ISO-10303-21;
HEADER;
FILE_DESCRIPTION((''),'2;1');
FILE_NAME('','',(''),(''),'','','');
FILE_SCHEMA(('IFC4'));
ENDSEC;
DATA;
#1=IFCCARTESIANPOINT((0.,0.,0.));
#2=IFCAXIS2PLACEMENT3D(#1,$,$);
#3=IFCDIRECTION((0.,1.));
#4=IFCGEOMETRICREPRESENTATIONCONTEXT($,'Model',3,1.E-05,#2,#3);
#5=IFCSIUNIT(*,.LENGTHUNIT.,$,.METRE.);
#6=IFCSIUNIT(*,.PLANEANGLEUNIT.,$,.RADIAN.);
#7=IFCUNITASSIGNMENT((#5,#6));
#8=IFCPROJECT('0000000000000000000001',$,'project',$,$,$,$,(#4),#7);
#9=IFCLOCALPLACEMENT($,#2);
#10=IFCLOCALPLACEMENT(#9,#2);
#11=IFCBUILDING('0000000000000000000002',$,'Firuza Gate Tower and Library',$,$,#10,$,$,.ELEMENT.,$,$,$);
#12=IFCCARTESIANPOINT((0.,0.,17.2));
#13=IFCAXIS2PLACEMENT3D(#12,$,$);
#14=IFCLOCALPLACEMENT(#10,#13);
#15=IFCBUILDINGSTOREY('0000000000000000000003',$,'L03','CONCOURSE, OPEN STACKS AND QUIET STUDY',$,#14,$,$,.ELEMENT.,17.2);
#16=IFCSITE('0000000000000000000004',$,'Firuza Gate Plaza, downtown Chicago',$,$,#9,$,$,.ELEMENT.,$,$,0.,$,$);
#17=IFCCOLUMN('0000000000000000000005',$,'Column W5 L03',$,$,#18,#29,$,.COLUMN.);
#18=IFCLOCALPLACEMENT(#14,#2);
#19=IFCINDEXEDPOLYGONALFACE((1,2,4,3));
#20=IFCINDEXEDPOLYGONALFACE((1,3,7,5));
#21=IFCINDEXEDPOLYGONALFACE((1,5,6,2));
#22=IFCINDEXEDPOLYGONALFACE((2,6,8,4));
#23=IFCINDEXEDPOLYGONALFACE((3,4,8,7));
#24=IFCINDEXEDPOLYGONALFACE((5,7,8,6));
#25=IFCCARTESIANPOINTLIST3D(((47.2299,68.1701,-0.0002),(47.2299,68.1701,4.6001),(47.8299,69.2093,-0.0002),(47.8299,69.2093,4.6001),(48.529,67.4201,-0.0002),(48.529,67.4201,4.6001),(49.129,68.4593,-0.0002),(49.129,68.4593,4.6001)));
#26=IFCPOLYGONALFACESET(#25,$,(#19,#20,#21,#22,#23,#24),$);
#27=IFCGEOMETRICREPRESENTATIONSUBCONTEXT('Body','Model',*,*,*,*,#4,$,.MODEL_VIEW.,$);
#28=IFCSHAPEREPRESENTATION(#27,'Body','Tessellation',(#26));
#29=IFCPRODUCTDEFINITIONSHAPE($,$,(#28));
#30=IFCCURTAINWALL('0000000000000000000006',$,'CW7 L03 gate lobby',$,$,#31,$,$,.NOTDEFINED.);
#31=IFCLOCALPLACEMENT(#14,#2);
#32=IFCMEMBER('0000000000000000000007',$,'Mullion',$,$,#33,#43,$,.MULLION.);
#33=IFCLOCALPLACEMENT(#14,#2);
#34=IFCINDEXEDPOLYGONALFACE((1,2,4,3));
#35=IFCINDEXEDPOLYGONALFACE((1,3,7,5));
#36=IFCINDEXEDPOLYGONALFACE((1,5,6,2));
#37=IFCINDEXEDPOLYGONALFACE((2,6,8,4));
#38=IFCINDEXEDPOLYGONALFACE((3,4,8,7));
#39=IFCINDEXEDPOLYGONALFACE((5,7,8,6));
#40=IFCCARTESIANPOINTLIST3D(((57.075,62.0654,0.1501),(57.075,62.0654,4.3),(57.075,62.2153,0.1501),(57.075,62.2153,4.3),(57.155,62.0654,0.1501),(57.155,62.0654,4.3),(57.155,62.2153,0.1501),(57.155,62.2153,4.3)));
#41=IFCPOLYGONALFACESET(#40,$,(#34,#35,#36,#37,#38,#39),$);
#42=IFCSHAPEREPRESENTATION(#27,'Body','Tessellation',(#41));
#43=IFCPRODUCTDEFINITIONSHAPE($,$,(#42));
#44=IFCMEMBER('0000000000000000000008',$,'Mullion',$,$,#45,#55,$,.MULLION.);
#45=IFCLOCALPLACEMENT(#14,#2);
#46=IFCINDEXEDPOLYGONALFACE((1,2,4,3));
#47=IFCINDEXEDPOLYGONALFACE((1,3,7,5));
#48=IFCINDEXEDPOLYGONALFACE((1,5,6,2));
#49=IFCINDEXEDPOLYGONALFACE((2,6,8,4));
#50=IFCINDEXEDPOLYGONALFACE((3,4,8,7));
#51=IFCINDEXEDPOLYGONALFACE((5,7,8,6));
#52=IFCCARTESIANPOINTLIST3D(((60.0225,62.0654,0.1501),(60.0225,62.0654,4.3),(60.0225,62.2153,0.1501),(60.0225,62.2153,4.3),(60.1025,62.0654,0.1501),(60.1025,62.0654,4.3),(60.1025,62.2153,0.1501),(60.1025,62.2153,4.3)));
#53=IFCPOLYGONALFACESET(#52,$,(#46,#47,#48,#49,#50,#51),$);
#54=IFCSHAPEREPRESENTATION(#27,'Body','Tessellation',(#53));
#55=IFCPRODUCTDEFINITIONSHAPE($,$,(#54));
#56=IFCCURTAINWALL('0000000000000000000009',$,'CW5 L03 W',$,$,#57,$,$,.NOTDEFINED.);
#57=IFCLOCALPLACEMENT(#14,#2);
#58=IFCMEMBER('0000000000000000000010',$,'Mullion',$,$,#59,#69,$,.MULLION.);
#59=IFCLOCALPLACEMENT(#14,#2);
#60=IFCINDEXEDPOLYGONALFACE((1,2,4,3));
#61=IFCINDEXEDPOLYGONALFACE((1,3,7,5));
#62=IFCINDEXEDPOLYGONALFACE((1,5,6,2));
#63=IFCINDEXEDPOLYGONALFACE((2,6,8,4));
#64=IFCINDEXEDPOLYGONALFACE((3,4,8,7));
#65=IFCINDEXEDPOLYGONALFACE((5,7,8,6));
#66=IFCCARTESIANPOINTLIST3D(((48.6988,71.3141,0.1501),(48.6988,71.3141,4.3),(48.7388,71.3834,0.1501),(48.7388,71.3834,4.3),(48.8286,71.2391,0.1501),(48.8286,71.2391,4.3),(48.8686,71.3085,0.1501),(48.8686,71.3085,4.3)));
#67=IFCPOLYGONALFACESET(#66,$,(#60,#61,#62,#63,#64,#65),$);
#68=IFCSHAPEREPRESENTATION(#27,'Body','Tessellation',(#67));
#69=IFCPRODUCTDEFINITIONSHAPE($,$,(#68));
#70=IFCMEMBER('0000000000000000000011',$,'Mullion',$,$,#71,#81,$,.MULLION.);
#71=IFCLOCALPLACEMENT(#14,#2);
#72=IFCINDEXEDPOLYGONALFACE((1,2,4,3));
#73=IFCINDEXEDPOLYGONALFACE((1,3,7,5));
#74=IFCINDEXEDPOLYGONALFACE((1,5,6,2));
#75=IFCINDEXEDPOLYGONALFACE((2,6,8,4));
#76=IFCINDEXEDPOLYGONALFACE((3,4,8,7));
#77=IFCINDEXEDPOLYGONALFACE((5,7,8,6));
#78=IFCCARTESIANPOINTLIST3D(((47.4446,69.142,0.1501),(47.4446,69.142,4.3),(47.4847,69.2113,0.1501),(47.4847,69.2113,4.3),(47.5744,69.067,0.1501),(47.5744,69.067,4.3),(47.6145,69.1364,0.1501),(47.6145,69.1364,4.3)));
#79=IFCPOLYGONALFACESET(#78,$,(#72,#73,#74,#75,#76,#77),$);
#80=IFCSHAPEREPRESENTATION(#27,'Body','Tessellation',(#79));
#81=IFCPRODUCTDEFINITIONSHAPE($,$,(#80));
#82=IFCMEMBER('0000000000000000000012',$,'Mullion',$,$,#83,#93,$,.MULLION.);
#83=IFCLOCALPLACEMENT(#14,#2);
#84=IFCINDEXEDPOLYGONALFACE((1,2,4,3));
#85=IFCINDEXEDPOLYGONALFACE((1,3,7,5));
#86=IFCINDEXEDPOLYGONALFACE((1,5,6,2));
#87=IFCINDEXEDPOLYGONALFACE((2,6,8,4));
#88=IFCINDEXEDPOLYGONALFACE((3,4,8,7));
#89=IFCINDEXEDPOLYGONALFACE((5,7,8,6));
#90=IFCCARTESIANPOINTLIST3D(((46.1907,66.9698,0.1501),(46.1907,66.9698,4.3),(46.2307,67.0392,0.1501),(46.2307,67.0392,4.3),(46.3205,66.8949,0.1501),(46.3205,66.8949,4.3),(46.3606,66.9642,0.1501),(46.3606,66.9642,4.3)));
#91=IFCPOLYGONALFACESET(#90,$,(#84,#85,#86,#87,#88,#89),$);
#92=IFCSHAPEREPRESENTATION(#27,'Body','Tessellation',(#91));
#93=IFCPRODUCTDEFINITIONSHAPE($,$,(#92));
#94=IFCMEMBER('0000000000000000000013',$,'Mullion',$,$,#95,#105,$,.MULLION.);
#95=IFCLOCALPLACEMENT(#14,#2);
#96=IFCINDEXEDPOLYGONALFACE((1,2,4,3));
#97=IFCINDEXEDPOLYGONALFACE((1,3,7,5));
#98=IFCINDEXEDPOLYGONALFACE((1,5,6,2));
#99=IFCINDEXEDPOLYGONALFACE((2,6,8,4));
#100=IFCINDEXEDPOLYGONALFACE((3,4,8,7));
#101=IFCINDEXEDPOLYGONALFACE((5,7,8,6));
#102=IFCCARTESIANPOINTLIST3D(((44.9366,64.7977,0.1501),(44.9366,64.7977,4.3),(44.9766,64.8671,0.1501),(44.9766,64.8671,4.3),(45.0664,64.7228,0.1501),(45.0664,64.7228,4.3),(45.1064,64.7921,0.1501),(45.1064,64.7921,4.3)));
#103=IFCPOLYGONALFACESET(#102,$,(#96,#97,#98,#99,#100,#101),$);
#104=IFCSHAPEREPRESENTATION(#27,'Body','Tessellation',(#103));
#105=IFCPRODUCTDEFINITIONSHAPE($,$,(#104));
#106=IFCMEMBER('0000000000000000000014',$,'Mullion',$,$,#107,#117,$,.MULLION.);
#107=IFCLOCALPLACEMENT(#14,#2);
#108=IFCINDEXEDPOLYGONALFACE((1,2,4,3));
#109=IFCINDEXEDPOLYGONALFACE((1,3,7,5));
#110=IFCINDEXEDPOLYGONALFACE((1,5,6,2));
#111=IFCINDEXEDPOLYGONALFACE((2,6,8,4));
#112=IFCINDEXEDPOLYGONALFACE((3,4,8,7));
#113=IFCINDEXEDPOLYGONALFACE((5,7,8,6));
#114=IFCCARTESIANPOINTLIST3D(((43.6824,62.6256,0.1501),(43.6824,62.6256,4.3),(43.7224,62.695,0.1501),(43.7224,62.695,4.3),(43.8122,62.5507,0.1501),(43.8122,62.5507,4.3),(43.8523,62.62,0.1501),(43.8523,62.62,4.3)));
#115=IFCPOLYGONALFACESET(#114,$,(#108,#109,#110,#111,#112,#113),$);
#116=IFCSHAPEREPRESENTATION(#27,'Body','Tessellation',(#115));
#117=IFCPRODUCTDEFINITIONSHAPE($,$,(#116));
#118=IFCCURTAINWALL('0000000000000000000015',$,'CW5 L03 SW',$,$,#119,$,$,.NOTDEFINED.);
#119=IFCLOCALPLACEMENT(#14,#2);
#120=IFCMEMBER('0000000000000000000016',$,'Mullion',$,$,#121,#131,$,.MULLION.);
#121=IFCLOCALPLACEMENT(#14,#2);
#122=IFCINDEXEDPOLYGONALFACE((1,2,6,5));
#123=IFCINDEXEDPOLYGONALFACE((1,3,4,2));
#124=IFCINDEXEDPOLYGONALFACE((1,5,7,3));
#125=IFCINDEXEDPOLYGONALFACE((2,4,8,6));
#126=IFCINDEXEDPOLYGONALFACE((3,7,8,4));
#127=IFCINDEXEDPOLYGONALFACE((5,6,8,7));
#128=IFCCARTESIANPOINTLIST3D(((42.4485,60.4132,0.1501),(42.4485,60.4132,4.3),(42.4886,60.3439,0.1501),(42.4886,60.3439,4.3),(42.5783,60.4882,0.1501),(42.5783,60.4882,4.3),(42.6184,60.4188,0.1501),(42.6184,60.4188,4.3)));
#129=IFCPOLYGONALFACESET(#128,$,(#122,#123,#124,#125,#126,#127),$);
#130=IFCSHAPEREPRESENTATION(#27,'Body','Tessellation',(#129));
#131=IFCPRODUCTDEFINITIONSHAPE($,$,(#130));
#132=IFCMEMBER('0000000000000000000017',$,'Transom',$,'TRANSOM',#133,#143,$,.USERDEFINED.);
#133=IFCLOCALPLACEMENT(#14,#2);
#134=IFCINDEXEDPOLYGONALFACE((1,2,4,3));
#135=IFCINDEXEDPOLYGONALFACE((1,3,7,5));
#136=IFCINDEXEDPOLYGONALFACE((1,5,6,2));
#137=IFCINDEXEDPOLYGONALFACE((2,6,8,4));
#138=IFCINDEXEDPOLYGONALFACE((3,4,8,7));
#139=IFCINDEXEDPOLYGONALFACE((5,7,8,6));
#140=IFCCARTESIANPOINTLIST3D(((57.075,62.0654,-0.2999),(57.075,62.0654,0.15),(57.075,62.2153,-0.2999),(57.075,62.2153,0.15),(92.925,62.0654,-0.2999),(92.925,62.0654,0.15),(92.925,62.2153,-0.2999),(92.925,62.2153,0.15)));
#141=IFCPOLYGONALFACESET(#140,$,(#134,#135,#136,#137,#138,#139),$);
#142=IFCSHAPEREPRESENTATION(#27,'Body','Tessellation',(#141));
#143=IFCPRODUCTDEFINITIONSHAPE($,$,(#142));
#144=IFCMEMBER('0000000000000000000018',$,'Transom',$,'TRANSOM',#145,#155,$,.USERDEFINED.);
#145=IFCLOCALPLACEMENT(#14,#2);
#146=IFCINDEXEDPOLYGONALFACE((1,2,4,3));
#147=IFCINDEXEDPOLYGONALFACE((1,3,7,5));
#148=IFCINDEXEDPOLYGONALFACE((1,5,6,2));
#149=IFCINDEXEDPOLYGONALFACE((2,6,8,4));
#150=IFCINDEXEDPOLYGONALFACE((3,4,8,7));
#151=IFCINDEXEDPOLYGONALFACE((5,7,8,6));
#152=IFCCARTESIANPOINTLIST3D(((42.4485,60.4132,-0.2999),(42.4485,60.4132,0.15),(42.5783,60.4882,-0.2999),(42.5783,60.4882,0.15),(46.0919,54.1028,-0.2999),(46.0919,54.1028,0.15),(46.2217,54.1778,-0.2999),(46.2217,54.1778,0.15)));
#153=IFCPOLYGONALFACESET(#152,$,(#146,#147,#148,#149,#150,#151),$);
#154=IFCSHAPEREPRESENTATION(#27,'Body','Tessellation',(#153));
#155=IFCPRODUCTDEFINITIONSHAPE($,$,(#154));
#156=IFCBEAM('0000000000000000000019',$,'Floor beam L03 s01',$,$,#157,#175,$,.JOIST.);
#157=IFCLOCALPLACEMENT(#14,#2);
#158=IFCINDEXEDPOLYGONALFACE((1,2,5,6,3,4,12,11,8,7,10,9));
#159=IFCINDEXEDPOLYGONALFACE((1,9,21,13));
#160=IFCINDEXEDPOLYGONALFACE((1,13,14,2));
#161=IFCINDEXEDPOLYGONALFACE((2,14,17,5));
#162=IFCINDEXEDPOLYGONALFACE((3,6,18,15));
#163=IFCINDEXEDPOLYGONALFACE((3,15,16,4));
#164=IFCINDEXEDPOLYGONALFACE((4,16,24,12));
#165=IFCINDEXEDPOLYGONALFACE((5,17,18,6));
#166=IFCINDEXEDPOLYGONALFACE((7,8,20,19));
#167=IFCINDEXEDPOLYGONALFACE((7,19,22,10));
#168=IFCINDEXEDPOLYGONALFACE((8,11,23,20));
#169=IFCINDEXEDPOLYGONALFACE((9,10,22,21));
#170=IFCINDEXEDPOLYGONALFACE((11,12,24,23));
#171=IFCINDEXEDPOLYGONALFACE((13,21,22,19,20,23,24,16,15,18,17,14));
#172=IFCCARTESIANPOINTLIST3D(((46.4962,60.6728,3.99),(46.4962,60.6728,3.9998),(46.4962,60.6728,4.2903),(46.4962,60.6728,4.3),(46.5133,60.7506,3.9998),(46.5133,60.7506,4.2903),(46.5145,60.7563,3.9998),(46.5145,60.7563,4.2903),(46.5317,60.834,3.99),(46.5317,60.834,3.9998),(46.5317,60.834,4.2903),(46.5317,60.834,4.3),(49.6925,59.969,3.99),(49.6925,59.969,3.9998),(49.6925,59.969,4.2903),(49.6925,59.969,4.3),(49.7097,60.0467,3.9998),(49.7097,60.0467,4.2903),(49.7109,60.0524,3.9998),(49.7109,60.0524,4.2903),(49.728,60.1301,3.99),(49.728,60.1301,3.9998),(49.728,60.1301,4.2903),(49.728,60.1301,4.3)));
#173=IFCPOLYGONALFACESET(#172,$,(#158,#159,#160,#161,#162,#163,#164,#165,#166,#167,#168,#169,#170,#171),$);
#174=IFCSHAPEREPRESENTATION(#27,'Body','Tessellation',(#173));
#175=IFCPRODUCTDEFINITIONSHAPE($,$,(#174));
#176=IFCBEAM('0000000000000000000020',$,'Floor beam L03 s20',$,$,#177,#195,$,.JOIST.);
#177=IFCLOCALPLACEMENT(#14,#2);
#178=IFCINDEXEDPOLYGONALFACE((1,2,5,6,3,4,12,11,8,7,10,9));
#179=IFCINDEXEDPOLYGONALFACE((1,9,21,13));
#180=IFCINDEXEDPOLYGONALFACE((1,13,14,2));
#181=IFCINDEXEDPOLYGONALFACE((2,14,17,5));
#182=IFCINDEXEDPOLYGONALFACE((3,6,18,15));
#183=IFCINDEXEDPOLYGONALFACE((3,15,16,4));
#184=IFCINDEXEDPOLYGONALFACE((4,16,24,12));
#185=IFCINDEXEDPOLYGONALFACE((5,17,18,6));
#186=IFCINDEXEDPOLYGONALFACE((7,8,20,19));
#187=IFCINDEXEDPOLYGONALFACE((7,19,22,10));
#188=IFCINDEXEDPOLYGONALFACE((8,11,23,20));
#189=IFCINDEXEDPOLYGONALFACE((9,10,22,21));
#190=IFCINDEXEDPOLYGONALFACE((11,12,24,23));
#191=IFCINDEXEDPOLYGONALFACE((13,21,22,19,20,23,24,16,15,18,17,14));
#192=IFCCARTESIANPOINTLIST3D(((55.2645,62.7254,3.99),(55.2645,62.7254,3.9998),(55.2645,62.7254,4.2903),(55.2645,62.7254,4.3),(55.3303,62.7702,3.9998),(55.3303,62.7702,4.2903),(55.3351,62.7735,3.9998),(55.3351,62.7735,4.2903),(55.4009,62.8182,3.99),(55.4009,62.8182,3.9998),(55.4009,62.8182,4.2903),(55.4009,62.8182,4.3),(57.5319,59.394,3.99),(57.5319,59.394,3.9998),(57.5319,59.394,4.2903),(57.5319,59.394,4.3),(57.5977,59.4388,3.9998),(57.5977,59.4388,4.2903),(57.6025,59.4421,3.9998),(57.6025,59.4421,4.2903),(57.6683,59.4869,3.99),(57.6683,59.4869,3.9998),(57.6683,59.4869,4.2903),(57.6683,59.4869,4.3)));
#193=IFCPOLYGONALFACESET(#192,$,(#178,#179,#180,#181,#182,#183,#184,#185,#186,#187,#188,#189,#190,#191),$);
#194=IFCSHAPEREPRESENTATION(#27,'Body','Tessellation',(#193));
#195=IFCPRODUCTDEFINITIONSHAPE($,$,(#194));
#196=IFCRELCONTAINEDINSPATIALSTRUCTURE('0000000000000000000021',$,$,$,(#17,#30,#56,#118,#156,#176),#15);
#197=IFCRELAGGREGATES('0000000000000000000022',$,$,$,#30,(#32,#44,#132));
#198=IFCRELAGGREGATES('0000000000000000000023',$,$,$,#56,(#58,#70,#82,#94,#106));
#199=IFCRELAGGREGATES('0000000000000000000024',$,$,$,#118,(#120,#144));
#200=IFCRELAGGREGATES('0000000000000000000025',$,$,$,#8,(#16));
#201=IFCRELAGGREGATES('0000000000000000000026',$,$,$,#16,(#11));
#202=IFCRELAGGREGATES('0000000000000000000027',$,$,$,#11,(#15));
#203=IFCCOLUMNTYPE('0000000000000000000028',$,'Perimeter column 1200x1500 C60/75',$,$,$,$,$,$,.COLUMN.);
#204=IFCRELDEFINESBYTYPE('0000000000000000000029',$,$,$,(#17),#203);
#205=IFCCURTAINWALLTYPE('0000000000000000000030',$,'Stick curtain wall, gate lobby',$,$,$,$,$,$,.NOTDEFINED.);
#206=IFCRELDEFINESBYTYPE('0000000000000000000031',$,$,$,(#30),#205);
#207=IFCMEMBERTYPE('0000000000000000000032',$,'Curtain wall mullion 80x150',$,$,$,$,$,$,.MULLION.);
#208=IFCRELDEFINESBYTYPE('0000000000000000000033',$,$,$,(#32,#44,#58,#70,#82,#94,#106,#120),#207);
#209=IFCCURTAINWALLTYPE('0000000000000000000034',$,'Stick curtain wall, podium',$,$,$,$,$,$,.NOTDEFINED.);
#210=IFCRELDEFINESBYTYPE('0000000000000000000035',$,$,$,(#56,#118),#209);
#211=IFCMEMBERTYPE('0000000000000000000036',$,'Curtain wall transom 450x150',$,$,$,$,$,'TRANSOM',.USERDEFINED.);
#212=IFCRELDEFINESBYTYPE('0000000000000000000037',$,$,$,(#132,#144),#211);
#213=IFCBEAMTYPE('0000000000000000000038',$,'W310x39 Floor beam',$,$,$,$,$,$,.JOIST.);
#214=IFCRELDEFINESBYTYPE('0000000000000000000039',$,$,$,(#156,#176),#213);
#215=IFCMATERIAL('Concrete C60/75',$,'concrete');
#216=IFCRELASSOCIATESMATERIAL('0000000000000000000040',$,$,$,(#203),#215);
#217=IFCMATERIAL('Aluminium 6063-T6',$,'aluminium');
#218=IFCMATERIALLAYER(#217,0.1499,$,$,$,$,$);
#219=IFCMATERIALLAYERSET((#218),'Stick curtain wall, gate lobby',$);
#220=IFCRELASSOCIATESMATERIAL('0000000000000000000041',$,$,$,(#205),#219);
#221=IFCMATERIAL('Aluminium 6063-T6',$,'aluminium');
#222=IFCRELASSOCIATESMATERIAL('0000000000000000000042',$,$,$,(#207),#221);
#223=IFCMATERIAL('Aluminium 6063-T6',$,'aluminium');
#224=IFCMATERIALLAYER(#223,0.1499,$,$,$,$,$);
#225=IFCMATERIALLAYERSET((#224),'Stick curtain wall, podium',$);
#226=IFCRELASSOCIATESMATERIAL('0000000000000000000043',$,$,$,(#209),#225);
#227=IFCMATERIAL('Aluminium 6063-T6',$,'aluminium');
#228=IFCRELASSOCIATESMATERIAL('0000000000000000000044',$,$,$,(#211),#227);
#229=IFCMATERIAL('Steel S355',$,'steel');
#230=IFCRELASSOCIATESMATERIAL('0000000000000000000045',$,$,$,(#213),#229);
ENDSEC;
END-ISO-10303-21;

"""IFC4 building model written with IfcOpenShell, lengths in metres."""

from ifc_helpers import new_model, si_unit, direction, frame, origin, origin_2d, place, context, subcontext, project, spatial, rectangle, i_section, extrude, material, layer, layer_set, material_profile, profile_set, type_object, element, aggregate, save


model = new_model("IFC4")

# Units and contexts
model_context = context("Model", 3, precision=1e-05, world=origin(), true_north=direction((0.0, 1.0)))
body_context = subcontext(model_context, "Body", "Model", "MODEL_VIEW")
ifc_project = project(units=[si_unit("LENGTHUNIT", "METRE"), si_unit("PLANEANGLEUNIT", "RADIAN")], contexts=[model_context])

# Site, building, storey
site_placement = place(None, origin())
site = spatial("IfcSite", under=ifc_project, at=site_placement, Name="Firuza Gate Plaza, downtown Chicago", CompositionType="ELEMENT", RefElevation=0.0)
building_placement = place(site_placement, origin())
building = spatial("IfcBuilding", under=site, at=building_placement, Name="Firuza Gate Tower and Library", CompositionType="ELEMENT")
storey_placement = place(building_placement, frame((0.0, 0.0, 17.2)))
storey = spatial("IfcBuildingStorey", under=building, at=storey_placement, Name="L03", Description="CONCOURSE, OPEN STACKS AND QUIET STUDY", CompositionType="ELEMENT", Elevation=17.2)

# Column
ifc_material_1 = material(Name="Concrete C60/75", Category="concrete")
ifc_material_profile_1 = material_profile(ifc_material_1, rectangle(XDim=1.2, YDim=1.5, at=origin_2d()))
ifc_profile_set_1 = profile_set([ifc_material_profile_1], Name="Concrete C60/75")
column_type = type_object("IfcColumnType", Name="Perimeter column 1200x1500 C60/75", PredefinedType="COLUMN", material=ifc_profile_set_1)
column_placement = place(storey_placement, frame((48.1794, 68.3147, -0.0002), z_axis=(0.0, 0.0, 1.0), x_axis=(-0.5, -0.866025, 0.0)))
element("IfcColumn", 1, at=column_placement, inside=storey, type_object=column_type, Name="Column W5 L03", PredefinedType="COLUMN", context=body_context, shape_type="SweptSolid", body=[
    extrude(rectangle(XDim=1.2, YDim=1.5, at=origin_2d()), origin(), (0.0, 0.0, 1.0), 4.6003),
])

# Curtain walls, members
ifc_material_2 = material(Name="Aluminium 6063-T6", Category="aluminium")
ifc_layer_1 = layer(ifc_material_2, 0.1499)
ifc_layer_set_1 = layer_set([ifc_layer_1], Name="Stick curtain wall, gate lobby")
curtain_wall_type_1 = type_object("IfcCurtainWallType", Name="Stick curtain wall, gate lobby", PredefinedType="NOTDEFINED", material=ifc_layer_set_1)
placement = place(storey_placement, origin())
curtain_wall_1 = element("IfcCurtainWall", 2, at=placement, inside=storey, type_object=curtain_wall_type_1, Name="CW7 L03 gate lobby", PredefinedType="NOTDEFINED")
ifc_material_3 = material(Name="Aluminium 6063-T6", Category="aluminium")
ifc_material_profile_2 = material_profile(ifc_material_3, rectangle(XDim=0.1499, YDim=0.0801, at=origin_2d()))
ifc_profile_set_2 = profile_set([ifc_material_profile_2], Name="Aluminium 6063-T6")
member_type_1 = type_object("IfcMemberType", Name="Curtain wall mullion 80x150", PredefinedType="MULLION", material=ifc_profile_set_2)
member_1_placement = place(storey_placement, frame((57.115, 62.1404, 0.1501), z_axis=(0.0, 0.0, 1.0), x_axis=(0.0, 1.0, 0.0)))
member_1 = element("IfcMember", 3, at=member_1_placement, type_object=member_type_1, Name="Mullion", PredefinedType="MULLION", context=body_context, shape_type="SweptSolid", body=[
    extrude(rectangle(XDim=0.1499, YDim=0.0801, at=origin_2d()), origin(), (0.0, 0.0, 1.0), 4.1499),
])
member_2_placement = place(storey_placement, frame((60.0625, 62.1404, 0.1501), z_axis=(0.0, 0.0, 1.0), x_axis=(0.0, 1.0, 0.0)))
member_2 = element("IfcMember", 4, at=member_2_placement, type_object=member_type_1, Name="Mullion", PredefinedType="MULLION", context=body_context, shape_type="SweptSolid", body=[
    extrude(rectangle(XDim=0.1499, YDim=0.0801, at=origin_2d()), origin(), (0.0, 0.0, 1.0), 4.1499),
])
ifc_material_4 = material(Name="Aluminium 6063-T6", Category="aluminium")
ifc_layer_2 = layer(ifc_material_4, 0.1499)
ifc_layer_set_2 = layer_set([ifc_layer_2], Name="Stick curtain wall, podium")
curtain_wall_type_2 = type_object("IfcCurtainWallType", Name="Stick curtain wall, podium", PredefinedType="NOTDEFINED", material=ifc_layer_set_2)
curtain_wall_2 = element("IfcCurtainWall", 5, at=placement, inside=storey, type_object=curtain_wall_type_2, Name="CW5 L03 W", PredefinedType="NOTDEFINED")
member_3_placement = place(storey_placement, frame((48.7837, 71.3113, 0.1501), z_axis=(0.0, 0.0, 1.0), x_axis=(0.866025, -0.5, 0.0)))
member_3 = element("IfcMember", 6, at=member_3_placement, type_object=member_type_1, Name="Mullion", PredefinedType="MULLION", context=body_context, shape_type="SweptSolid", body=[
    extrude(rectangle(XDim=0.1499, YDim=0.0801, at=origin_2d()), origin(), (0.0, 0.0, 1.0), 4.1499),
])
member_4_placement = place(storey_placement, frame((47.5295, 69.1392, 0.1501), z_axis=(0.0, 0.0, 1.0), x_axis=(0.866025, -0.5, 0.0)))
member_4 = element("IfcMember", 7, at=member_4_placement, type_object=member_type_1, Name="Mullion", PredefinedType="MULLION", context=body_context, shape_type="SweptSolid", body=[
    extrude(rectangle(XDim=0.1499, YDim=0.0801, at=origin_2d()), origin(), (0.0, 0.0, 1.0), 4.1499),
])
member_5_placement = place(storey_placement, frame((46.2756, 66.967, 0.1501), z_axis=(0.0, 0.0, 1.0), x_axis=(0.866025, -0.5, 0.0)))
member_5 = element("IfcMember", 8, at=member_5_placement, type_object=member_type_1, Name="Mullion", PredefinedType="MULLION", context=body_context, shape_type="SweptSolid", body=[
    extrude(rectangle(XDim=0.1499, YDim=0.0801, at=origin_2d()), origin(), (0.0, 0.0, 1.0), 4.1499),
])
member_6_placement = place(storey_placement, frame((45.0215, 64.7949, 0.1501), z_axis=(0.0, 0.0, 1.0), x_axis=(0.866025, -0.5, 0.0)))
member_6 = element("IfcMember", 9, at=member_6_placement, type_object=member_type_1, Name="Mullion", PredefinedType="MULLION", context=body_context, shape_type="SweptSolid", body=[
    extrude(rectangle(XDim=0.1499, YDim=0.0801, at=origin_2d()), origin(), (0.0, 0.0, 1.0), 4.1499),
])
member_7_placement = place(storey_placement, frame((43.7673, 62.6228, 0.1501), z_axis=(0.0, 0.0, 1.0), x_axis=(0.866025, -0.5, 0.0)))
member_7 = element("IfcMember", 10, at=member_7_placement, type_object=member_type_1, Name="Mullion", PredefinedType="MULLION", context=body_context, shape_type="SweptSolid", body=[
    extrude(rectangle(XDim=0.1499, YDim=0.0801, at=origin_2d()), origin(), (0.0, 0.0, 1.0), 4.1499),
])

# Curtain wall, member
curtain_wall_3 = element("IfcCurtainWall", 11, at=placement, inside=storey, type_object=curtain_wall_type_2, Name="CW5 L03 SW", PredefinedType="NOTDEFINED")
member_8_placement = place(storey_placement, frame((42.5334, 60.416, 0.1501), z_axis=(0.0, 0.0, 1.0), x_axis=(0.866025, 0.5, 0.0)))
member_8 = element("IfcMember", 12, at=member_8_placement, type_object=member_type_1, Name="Mullion", PredefinedType="MULLION", context=body_context, shape_type="SweptSolid", body=[
    extrude(rectangle(XDim=0.1499, YDim=0.0801, at=origin_2d()), origin(), (0.0, 0.0, 1.0), 4.1499),
])

# Members
ifc_material_5 = material(Name="Aluminium 6063-T6", Category="aluminium")
ifc_material_profile_3 = material_profile(ifc_material_5, rectangle(XDim=0.1499, YDim=0.45, at=origin_2d()))
ifc_profile_set_3 = profile_set([ifc_material_profile_3], Name="Aluminium 6063-T6")
member_type_2 = type_object("IfcMemberType", Name="Curtain wall transom 450x150", ElementType="TRANSOM", PredefinedType="USERDEFINED", material=ifc_profile_set_3)
member_9_placement = place(storey_placement, frame((57.075, 62.1404, -0.075), z_axis=(1.0, 0.0, 0.0), x_axis=(0.0, 1.0, 0.0)))
member_9 = element("IfcMember", 13, at=member_9_placement, type_object=member_type_2, Name="Transom", ObjectType="TRANSOM", PredefinedType="USERDEFINED", context=body_context, shape_type="SweptSolid", body=[
    extrude(rectangle(XDim=0.1499, YDim=0.45, at=origin_2d()), origin(), (0.0, 0.0, 1.0), 35.8501),
])
member_10_placement = place(storey_placement, frame((42.5134, 60.4507, -0.075), z_axis=(0.500006, -0.866022, 0.0), x_axis=(0.866022, 0.500006, 0.0)))
member_10 = element("IfcMember", 14, at=member_10_placement, type_object=member_type_2, Name="Transom", ObjectType="TRANSOM", PredefinedType="USERDEFINED", context=body_context, shape_type="SweptSolid", body=[
    extrude(rectangle(XDim=0.1499, YDim=0.45, at=origin_2d()), origin(), (0.0, 0.0, 1.0), 7.2866),
])

# Beams
ifc_material_6 = material(Name="Steel S355", Category="steel")
ifc_material_profile_4 = material_profile(ifc_material_6, i_section(OverallWidth=0.165, OverallDepth=0.3101, WebThickness=0.0059, FlangeThickness=0.0098, at=origin_2d()))
ifc_profile_set_4 = profile_set([ifc_material_profile_4], Name="Steel S355")
beam_type_1 = type_object("IfcBeamType", Name="W310x39 Floor beam", PredefinedType="JOIST", material=ifc_profile_set_4)
beam_1_placement = place(storey_placement, frame((46.5139, 60.7534, 4.145), z_axis=(0.976601, -0.215058, 0.0), x_axis=(0.215058, 0.976601, 0.0)))
element("IfcBeam", 15, at=beam_1_placement, inside=storey, type_object=beam_type_1, Name="Floor beam L03 s01", PredefinedType="JOIST", context=body_context, shape_type="SweptSolid", body=[
    extrude(i_section(OverallWidth=0.165, OverallDepth=0.3101, WebThickness=0.0059, FlangeThickness=0.0098, at=origin_2d()), origin(), (0.0, 0.0, 1.0), 3.2729),
])
beam_2_placement = place(storey_placement, frame((57.6001, 59.4404, 4.145), z_axis=(-0.562658, 0.82669, 0.0), x_axis=(-0.82669, -0.562658, 0.0)))
element("IfcBeam", 16, at=beam_2_placement, inside=storey, type_object=beam_type_1, Name="Floor beam L03 s20", PredefinedType="JOIST", context=body_context, shape_type="SweptSolid", body=[
    extrude(i_section(OverallWidth=0.165, OverallDepth=0.3101, WebThickness=0.0059, FlangeThickness=0.0098, at=origin_2d()), origin(), (0.0, 0.0, 1.0), 4.0298),
])

aggregate(curtain_wall_1, [member_1, member_2, member_9])
aggregate(curtain_wall_2, [member_3, member_4, member_5, member_6, member_7])
aggregate(curtain_wall_3, [member_8, member_10])

save(model, "model.ifc")
